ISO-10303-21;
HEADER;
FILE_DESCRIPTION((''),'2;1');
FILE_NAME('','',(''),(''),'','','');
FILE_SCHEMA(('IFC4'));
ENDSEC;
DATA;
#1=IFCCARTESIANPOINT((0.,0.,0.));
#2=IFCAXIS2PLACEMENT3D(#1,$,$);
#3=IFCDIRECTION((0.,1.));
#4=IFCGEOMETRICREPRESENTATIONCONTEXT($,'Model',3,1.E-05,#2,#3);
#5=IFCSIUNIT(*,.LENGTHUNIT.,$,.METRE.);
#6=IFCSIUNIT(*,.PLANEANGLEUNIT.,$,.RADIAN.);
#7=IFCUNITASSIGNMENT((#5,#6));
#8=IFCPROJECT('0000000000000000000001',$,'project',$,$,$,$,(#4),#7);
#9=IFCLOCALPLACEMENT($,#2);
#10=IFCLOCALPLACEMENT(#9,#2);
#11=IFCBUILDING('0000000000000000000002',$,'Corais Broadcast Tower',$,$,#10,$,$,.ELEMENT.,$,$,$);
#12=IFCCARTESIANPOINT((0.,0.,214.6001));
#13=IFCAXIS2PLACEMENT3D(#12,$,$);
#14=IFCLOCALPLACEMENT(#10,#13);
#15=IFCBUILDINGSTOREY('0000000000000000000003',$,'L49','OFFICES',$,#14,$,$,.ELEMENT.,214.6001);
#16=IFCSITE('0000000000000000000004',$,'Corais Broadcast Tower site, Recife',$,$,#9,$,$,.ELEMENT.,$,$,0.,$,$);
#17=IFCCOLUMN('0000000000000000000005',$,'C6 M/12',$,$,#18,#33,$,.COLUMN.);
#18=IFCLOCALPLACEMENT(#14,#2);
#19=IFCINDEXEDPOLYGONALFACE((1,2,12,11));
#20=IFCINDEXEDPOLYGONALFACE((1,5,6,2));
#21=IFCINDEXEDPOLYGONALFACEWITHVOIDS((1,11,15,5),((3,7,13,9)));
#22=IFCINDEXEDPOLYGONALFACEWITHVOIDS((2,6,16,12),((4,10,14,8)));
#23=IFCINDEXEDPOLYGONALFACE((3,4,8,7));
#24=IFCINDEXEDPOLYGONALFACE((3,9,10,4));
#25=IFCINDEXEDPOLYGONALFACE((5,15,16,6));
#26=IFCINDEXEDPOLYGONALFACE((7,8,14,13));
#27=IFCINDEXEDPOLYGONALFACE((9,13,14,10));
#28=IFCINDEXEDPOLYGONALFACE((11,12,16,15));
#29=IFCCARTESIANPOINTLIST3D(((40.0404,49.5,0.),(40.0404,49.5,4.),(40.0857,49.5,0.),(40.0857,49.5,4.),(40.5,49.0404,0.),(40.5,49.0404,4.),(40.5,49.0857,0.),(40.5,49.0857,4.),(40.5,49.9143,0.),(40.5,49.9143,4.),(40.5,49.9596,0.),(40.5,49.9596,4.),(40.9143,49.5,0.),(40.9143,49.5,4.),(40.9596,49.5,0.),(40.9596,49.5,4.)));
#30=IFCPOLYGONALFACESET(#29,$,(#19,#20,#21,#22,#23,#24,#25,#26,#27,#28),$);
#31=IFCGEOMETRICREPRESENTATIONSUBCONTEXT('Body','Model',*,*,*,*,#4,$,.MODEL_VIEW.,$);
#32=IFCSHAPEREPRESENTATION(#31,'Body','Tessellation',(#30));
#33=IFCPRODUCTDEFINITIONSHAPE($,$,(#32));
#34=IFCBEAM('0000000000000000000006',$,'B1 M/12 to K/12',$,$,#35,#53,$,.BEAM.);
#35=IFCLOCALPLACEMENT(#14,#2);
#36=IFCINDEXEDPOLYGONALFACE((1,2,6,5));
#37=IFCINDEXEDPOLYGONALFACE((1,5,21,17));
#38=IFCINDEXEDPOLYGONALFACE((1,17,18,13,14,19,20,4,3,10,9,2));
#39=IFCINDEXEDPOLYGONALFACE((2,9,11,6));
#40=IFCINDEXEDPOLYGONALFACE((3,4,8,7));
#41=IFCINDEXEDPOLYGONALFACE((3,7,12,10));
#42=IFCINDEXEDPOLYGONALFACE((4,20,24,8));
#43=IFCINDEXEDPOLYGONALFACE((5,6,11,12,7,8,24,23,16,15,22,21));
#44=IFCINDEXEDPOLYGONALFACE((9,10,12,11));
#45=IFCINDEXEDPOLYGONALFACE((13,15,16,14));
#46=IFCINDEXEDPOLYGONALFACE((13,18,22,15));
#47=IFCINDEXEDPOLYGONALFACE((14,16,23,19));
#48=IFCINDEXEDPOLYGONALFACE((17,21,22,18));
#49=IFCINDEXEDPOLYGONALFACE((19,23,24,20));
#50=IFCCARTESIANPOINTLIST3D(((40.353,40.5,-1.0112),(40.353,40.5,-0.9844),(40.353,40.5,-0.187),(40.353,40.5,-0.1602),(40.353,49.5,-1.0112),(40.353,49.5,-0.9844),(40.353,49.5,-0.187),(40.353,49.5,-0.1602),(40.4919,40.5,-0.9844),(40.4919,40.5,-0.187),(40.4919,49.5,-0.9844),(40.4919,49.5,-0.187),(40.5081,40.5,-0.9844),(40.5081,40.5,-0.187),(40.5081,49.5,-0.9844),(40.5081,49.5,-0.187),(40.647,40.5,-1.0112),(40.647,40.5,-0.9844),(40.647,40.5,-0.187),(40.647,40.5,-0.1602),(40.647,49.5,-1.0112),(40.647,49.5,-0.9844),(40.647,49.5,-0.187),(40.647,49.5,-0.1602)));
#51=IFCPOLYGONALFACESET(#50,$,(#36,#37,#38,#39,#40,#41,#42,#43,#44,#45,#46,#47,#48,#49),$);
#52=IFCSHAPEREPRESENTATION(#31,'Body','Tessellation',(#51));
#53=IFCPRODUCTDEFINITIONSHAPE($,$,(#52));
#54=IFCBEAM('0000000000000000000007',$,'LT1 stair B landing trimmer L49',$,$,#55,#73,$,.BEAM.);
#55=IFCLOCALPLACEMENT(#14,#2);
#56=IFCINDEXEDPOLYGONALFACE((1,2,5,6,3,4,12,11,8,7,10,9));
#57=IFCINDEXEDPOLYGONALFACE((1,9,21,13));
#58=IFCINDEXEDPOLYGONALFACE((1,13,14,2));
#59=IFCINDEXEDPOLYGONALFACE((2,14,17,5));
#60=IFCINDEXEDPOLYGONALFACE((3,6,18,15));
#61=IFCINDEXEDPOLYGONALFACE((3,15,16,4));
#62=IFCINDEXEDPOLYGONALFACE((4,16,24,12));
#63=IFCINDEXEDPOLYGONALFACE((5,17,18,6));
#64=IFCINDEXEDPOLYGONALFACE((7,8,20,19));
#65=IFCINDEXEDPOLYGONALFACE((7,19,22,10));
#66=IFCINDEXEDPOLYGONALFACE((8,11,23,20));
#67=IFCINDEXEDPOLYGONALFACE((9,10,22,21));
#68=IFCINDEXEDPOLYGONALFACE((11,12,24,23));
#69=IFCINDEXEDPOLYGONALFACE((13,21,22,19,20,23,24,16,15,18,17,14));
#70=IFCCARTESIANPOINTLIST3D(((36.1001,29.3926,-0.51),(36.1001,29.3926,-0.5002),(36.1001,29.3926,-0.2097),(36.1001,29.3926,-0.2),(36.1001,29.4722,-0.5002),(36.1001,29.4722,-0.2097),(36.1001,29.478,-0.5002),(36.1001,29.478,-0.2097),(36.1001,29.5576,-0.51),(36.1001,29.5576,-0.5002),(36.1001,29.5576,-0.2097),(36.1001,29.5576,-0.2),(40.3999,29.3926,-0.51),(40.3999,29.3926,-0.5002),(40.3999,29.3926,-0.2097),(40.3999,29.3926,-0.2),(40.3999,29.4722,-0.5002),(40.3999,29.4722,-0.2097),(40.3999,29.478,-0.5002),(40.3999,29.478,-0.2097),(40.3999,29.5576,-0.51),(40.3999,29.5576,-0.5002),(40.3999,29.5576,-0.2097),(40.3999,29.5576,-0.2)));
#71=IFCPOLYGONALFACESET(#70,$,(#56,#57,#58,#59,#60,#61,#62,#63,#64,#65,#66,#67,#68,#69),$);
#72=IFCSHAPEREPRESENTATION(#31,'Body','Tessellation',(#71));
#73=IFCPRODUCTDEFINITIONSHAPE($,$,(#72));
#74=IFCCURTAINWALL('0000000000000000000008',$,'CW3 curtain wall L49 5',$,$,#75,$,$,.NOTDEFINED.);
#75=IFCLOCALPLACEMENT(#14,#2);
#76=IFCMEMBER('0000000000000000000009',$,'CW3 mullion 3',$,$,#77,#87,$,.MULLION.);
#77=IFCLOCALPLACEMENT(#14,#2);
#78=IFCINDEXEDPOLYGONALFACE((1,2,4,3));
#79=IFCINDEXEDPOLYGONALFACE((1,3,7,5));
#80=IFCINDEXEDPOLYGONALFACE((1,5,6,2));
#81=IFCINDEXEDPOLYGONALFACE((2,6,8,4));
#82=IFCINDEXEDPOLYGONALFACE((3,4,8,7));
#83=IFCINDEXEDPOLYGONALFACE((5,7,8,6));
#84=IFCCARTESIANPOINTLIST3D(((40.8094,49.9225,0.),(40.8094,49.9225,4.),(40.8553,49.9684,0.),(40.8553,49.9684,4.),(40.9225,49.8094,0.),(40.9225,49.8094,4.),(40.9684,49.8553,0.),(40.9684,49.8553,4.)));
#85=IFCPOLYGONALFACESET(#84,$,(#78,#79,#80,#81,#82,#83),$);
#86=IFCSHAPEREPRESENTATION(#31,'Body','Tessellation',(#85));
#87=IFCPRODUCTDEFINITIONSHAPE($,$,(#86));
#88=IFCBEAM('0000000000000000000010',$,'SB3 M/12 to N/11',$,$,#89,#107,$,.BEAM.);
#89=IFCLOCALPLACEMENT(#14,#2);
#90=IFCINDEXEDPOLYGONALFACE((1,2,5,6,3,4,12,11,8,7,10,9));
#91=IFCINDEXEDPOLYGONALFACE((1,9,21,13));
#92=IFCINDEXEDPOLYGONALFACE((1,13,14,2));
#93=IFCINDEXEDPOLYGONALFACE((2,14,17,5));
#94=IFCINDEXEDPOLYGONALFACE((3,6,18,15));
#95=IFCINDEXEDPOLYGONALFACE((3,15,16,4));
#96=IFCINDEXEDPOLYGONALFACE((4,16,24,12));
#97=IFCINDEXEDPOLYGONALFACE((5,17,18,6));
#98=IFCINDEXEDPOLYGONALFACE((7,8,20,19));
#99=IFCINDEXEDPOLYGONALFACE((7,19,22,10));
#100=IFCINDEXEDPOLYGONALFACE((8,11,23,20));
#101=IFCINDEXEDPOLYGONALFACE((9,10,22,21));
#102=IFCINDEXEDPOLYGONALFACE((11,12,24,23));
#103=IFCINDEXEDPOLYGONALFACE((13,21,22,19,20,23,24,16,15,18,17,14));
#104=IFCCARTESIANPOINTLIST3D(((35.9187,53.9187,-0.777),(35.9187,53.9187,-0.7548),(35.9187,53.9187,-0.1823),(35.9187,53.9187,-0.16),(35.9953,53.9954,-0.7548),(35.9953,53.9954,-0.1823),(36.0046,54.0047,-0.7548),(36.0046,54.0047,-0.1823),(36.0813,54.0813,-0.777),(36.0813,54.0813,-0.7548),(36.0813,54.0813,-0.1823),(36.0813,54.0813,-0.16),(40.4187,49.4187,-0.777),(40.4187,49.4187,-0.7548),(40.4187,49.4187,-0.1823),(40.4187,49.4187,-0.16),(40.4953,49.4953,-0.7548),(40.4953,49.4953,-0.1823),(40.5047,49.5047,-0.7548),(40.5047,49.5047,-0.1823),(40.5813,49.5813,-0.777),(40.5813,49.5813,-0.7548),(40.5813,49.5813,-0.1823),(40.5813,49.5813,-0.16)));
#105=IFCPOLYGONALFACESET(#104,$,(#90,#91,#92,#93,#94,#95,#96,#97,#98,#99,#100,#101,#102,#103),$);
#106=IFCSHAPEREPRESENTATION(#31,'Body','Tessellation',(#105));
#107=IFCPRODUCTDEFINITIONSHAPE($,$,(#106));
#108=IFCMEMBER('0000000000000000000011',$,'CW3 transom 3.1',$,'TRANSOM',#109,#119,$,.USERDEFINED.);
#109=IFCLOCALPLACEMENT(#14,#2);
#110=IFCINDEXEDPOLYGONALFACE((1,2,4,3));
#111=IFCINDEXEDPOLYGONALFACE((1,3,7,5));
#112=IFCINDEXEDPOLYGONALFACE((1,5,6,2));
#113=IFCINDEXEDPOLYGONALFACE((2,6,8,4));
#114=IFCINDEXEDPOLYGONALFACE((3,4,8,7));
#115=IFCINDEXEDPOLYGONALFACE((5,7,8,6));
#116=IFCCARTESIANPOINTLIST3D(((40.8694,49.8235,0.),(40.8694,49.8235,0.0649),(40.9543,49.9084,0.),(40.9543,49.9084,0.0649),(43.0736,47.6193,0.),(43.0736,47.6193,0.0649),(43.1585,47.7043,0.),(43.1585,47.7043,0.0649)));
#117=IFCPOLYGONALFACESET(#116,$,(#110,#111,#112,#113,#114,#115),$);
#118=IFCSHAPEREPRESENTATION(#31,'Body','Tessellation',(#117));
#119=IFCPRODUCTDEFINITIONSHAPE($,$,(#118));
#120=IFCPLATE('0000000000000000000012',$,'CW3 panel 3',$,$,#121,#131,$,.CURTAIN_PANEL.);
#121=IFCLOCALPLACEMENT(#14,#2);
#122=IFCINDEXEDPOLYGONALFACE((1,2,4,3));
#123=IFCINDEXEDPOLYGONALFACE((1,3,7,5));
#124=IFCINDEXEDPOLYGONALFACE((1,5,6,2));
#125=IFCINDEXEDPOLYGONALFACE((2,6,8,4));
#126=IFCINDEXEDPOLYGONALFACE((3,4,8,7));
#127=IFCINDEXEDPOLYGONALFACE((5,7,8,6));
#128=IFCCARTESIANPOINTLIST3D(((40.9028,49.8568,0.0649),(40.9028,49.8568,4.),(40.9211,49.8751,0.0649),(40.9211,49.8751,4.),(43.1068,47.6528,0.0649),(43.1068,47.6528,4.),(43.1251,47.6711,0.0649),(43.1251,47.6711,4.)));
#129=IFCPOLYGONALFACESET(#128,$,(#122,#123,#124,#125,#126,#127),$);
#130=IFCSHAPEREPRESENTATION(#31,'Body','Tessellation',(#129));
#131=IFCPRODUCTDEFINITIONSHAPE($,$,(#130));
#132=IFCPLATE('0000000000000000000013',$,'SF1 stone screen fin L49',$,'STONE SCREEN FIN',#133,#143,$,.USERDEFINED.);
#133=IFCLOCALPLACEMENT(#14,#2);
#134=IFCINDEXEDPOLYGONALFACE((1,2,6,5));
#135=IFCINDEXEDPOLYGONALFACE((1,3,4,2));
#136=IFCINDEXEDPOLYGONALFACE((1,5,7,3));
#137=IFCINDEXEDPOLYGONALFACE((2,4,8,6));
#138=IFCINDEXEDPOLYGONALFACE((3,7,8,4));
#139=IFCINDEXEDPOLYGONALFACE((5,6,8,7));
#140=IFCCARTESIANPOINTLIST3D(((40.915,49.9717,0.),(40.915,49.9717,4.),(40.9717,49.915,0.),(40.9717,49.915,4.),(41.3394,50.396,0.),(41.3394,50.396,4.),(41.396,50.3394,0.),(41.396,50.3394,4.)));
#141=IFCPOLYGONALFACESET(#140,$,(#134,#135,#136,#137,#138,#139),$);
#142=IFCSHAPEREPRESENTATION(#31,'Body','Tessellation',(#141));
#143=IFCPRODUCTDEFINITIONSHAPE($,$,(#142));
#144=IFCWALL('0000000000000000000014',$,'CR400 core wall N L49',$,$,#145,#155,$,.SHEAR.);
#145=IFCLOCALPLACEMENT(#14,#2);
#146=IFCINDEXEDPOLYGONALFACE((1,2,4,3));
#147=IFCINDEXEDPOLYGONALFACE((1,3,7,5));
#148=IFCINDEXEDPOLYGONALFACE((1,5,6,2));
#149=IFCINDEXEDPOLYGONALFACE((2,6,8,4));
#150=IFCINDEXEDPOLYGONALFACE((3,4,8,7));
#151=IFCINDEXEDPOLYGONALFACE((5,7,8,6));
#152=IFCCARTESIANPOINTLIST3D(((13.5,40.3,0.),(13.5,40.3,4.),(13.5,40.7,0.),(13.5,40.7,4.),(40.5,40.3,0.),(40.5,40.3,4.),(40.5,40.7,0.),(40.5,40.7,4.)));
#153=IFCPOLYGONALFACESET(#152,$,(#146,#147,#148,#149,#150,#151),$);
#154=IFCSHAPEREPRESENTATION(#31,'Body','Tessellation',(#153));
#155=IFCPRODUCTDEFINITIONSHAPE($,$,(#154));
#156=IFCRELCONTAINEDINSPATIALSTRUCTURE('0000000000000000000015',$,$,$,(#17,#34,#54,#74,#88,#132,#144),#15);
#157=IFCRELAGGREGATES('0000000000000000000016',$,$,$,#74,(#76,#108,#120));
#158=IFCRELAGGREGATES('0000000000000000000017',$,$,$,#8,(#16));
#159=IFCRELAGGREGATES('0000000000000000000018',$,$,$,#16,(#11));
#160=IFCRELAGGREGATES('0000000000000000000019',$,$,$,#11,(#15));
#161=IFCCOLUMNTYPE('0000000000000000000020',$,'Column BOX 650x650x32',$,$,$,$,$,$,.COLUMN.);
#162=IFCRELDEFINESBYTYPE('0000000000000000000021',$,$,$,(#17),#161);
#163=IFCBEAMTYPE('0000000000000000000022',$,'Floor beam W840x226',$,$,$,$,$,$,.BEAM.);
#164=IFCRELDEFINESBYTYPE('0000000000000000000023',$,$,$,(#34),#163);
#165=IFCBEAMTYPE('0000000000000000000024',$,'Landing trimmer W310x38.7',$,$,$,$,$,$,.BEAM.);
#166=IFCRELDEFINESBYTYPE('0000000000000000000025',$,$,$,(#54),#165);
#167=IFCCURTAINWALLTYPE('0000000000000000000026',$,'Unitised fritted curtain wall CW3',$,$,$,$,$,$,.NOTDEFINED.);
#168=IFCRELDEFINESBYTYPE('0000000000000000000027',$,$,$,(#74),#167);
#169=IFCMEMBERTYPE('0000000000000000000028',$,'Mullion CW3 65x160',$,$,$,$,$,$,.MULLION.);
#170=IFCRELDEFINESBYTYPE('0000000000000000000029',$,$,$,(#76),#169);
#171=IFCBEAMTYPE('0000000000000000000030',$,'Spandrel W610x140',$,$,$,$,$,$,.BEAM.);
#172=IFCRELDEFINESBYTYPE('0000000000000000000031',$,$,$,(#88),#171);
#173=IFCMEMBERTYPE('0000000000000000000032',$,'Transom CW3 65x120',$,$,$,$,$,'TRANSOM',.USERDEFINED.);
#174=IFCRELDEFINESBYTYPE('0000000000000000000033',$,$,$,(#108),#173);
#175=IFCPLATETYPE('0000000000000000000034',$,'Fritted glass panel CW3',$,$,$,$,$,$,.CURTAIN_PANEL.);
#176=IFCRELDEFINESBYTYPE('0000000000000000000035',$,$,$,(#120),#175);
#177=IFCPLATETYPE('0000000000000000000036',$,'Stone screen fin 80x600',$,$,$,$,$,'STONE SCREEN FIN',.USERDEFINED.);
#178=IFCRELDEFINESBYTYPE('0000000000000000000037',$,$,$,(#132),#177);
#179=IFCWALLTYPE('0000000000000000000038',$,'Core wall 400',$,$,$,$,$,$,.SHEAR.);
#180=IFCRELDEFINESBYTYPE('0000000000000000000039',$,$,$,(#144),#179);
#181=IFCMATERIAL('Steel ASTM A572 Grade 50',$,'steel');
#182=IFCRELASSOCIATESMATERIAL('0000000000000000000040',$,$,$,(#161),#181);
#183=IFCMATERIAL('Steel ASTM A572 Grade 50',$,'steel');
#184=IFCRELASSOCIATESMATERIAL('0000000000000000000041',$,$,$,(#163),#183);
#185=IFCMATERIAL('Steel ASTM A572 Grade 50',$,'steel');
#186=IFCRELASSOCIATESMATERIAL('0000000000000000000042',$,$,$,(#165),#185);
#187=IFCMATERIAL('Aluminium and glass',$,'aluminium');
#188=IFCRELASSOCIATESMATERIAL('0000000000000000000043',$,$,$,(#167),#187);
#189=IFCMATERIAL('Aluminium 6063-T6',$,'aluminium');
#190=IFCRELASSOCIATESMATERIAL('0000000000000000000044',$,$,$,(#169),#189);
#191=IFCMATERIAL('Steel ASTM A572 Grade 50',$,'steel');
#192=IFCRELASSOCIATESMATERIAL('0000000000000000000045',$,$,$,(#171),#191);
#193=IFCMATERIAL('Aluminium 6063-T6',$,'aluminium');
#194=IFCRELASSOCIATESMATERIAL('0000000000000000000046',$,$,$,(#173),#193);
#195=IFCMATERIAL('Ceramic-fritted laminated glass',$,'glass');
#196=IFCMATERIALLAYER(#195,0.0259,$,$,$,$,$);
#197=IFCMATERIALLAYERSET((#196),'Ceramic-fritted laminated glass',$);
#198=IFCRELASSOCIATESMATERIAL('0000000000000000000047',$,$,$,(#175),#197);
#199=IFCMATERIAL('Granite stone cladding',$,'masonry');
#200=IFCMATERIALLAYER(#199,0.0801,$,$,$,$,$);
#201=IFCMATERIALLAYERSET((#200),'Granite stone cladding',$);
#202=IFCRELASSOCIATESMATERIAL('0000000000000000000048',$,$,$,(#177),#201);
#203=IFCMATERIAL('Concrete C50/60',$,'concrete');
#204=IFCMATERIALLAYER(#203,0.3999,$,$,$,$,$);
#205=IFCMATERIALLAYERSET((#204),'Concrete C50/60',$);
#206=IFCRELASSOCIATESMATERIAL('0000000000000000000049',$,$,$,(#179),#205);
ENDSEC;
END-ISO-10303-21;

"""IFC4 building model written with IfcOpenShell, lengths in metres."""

from ifc_helpers import new_model, si_unit, direction, frame, frame_2d, origin, origin_2d, place, context, subcontext, project, spatial, rectangle, hollow_rectangle, i_section, extrude, material, layer, layer_set, material_profile, profile_set, type_object, element, aggregate, save


model = new_model("IFC4")

# Units and contexts
model_context = context("Model", 3, precision=1e-05, world=origin(), true_north=direction((0.0, 1.0)))
body_context = subcontext(model_context, "Body", "Model", "MODEL_VIEW")
ifc_project = project(units=[si_unit("LENGTHUNIT", "METRE"), si_unit("PLANEANGLEUNIT", "RADIAN")], contexts=[model_context])

# Site, building, storey
site_placement = place(None, origin())
site = spatial("IfcSite", under=ifc_project, at=site_placement, Name="Corais Broadcast Tower site, Recife", CompositionType="ELEMENT", RefElevation=0.0)
building_placement = place(site_placement, origin())
building = spatial("IfcBuilding", under=site, at=building_placement, Name="Corais Broadcast Tower", CompositionType="ELEMENT")
storey_placement = place(building_placement, frame((0.0, 0.0, 214.6001)))
storey = spatial("IfcBuildingStorey", under=building, at=storey_placement, Name="L49", Description="OFFICES", CompositionType="ELEMENT", Elevation=214.6001)

# Column
ifc_material_1 = material(Name="Steel ASTM A572 Grade 50", Category="steel")
ifc_material_profile_1 = material_profile(ifc_material_1, hollow_rectangle(XDim=0.6499, YDim=0.6499, WallThickness=0.032, at=origin_2d()), Name="BOX 650x650x32")
ifc_profile_set_1 = profile_set([ifc_material_profile_1], Name="Steel ASTM A572 Grade 50")
column_type = type_object("IfcColumnType", Name="Column BOX 650x650x32", PredefinedType="COLUMN", material=ifc_profile_set_1)
column_placement = place(storey_placement, frame((40.5, 49.5, 0.0), z_axis=(0.0, 0.0, 1.0), x_axis=(0.707107, 0.707107, 0.0)))
element("IfcColumn", 1, at=column_placement, inside=storey, type_object=column_type, Name="C6 M/12", PredefinedType="COLUMN", context=body_context, shape_type="SweptSolid", body=[
    extrude(hollow_rectangle(XDim=0.6499, YDim=0.6499, WallThickness=0.032, at=origin_2d()), origin(), (0.0, 0.0, 1.0), 4.0),
])

# Beams
ifc_material_2 = material(Name="Steel ASTM A572 Grade 50", Category="steel")
ifc_material_profile_2 = material_profile(ifc_material_2, i_section(OverallWidth=0.2939, OverallDepth=0.8511, WebThickness=0.0161, FlangeThickness=0.0269, at=origin_2d()), Name="W840x226")
ifc_profile_set_2 = profile_set([ifc_material_profile_2], Name="Steel ASTM A572 Grade 50")
beam_type_1 = type_object("IfcBeamType", Name="Floor beam W840x226", PredefinedType="BEAM", material=ifc_profile_set_2)
beam_1_placement = place(storey_placement, frame((40.5, 49.5, -0.5857), z_axis=(0.0, -1.0, 0.0), x_axis=(1.0, 0.0, 0.0)))
element("IfcBeam", 2, at=beam_1_placement, inside=storey, type_object=beam_type_1, Name="B1 M/12 to K/12", PredefinedType="BEAM", context=body_context, shape_type="SweptSolid", body=[
    extrude(i_section(OverallWidth=0.2939, OverallDepth=0.8511, WebThickness=0.0161, FlangeThickness=0.0269, at=origin_2d()), origin(), (0.0, 0.0, 1.0), 9.0),
])
ifc_material_3 = material(Name="Steel ASTM A572 Grade 50", Category="steel")
ifc_material_profile_3 = material_profile(ifc_material_3, i_section(OverallWidth=0.165, OverallDepth=0.3101, WebThickness=0.0059, FlangeThickness=0.0098, at=origin_2d()), Name="W310x38.7")
ifc_profile_set_3 = profile_set([ifc_material_profile_3], Name="Steel ASTM A572 Grade 50")
beam_type_2 = type_object("IfcBeamType", Name="Landing trimmer W310x38.7", PredefinedType="BEAM", material=ifc_profile_set_3)
beam_2_placement = place(storey_placement, frame((36.1001, 29.4751, -0.355), z_axis=(1.0, 0.0, 0.0), x_axis=(0.0, 1.0, 0.0)))
element("IfcBeam", 3, at=beam_2_placement, inside=storey, type_object=beam_type_2, Name="LT1 stair B landing trimmer L49", PredefinedType="BEAM", context=body_context, shape_type="SweptSolid", body=[
    extrude(i_section(OverallWidth=0.165, OverallDepth=0.3101, WebThickness=0.0059, FlangeThickness=0.0098, at=origin_2d()), origin(), (0.0, 0.0, 1.0), 4.2998),
])

# Curtain wall, member
ifc_material_4 = material(Name="Aluminium and glass", Category="aluminium")
curtain_wall_type = type_object("IfcCurtainWallType", Name="Unitised fritted curtain wall CW3", PredefinedType="NOTDEFINED", material=ifc_material_4)
curtain_wall_placement = place(storey_placement, origin())
curtain_wall = element("IfcCurtainWall", 4, at=curtain_wall_placement, inside=storey, type_object=curtain_wall_type, Name="CW3 curtain wall L49 5", PredefinedType="NOTDEFINED")
ifc_material_5 = material(Name="Aluminium 6063-T6", Category="aluminium")
ifc_material_profile_4 = material_profile(ifc_material_5, rectangle(XDim=0.0649, YDim=0.1599, at=origin_2d()), Name="Mullion CW3 65x160")
ifc_profile_set_4 = profile_set([ifc_material_profile_4], Name="Aluminium 6063-T6")
member_type_1 = type_object("IfcMemberType", Name="Mullion CW3 65x160", PredefinedType="MULLION", material=ifc_profile_set_4)
member_1_placement = place(storey_placement, frame((40.8889, 49.8889, 0.0), z_axis=(0.0, 0.0, 1.0), x_axis=(0.707107, 0.707107, 0.0)))
member_1 = element("IfcMember", 5, at=member_1_placement, type_object=member_type_1, Name="CW3 mullion 3", PredefinedType="MULLION", context=body_context, shape_type="SweptSolid", body=[
    extrude(rectangle(XDim=0.0649, YDim=0.1599, at=origin_2d()), origin(), (0.0, 0.0, 1.0), 4.0),
])

# Beam
ifc_material_6 = material(Name="Steel ASTM A572 Grade 50", Category="steel")
ifc_material_profile_5 = material_profile(ifc_material_6, i_section(OverallWidth=0.23, OverallDepth=0.6169, WebThickness=0.0132, FlangeThickness=0.0222, at=origin_2d()), Name="W610x140")
ifc_profile_set_5 = profile_set([ifc_material_profile_5], Name="Steel ASTM A572 Grade 50")
beam_type_3 = type_object("IfcBeamType", Name="Spandrel W610x140", PredefinedType="BEAM", material=ifc_profile_set_5)
beam_3_placement = place(storey_placement, frame((40.5, 49.5, -0.4685), z_axis=(-0.707107, 0.707107, 0.0), x_axis=(-0.707107, -0.707107, 0.0)))
element("IfcBeam", 6, at=beam_3_placement, inside=storey, type_object=beam_type_3, Name="SB3 M/12 to N/11", PredefinedType="BEAM", context=body_context, shape_type="SweptSolid", body=[
    extrude(i_section(OverallWidth=0.23, OverallDepth=0.6169, WebThickness=0.0132, FlangeThickness=0.0222, at=origin_2d()), origin(), (0.0, 0.0, 1.0), 6.364),
])

# Member
ifc_material_7 = material(Name="Aluminium 6063-T6", Category="aluminium")
ifc_material_profile_6 = material_profile(ifc_material_7, rectangle(XDim=0.1201, YDim=0.0649, at=origin_2d()), Name="Transom CW3 65x120")
ifc_profile_set_6 = profile_set([ifc_material_profile_6], Name="Aluminium 6063-T6")
member_type_2 = type_object("IfcMemberType", Name="Transom CW3 65x120", ElementType="TRANSOM", PredefinedType="USERDEFINED", material=ifc_profile_set_6)
member_2_placement = place(storey_placement, frame((40.9119, 49.866, 0.0325), z_axis=(0.707107, -0.707107, 0.0), x_axis=(0.707107, 0.707107, 0.0)))
member_2 = element("IfcMember", 7, at=member_2_placement, type_object=member_type_2, Name="CW3 transom 3.1", ObjectType="TRANSOM", PredefinedType="USERDEFINED", context=body_context, shape_type="SweptSolid", body=[
    extrude(rectangle(XDim=0.1201, YDim=0.0649, at=origin_2d()), origin(), (0.0, 0.0, 1.0), 3.1172),
])

# Plates
ifc_material_8 = material(Name="Ceramic-fritted laminated glass", Category="glass")
ifc_layer_1 = layer(ifc_material_8, 0.0259)
ifc_layer_set_1 = layer_set([ifc_layer_1], Name="Ceramic-fritted laminated glass")
plate_type_1 = type_object("IfcPlateType", Name="Fritted glass panel CW3", PredefinedType="CURTAIN_PANEL", material=ifc_layer_set_1)
plate_1_placement = place(storey_placement, frame((42.0139, 48.7639, 0.0649), z_axis=(0.0, 0.0, 1.0), x_axis=(0.707107, -0.707107, 0.0)))
plate_1 = element("IfcPlate", 8, at=plate_1_placement, type_object=plate_type_1, Name="CW3 panel 3", PredefinedType="CURTAIN_PANEL", context=body_context, shape_type="SweptSolid", body=[
    extrude(rectangle(XDim=3.1169, YDim=0.0259, at=origin_2d()), origin(), (0.0, 0.0, 1.0), 3.9351),
])
aggregate(curtain_wall, [member_1, member_2, plate_1])
ifc_material_9 = material(Name="Granite stone cladding", Category="masonry")
ifc_layer_2 = layer(ifc_material_9, 0.0801)
ifc_layer_set_2 = layer_set([ifc_layer_2], Name="Granite stone cladding")
plate_type_2 = type_object("IfcPlateType", Name="Stone screen fin 80x600", ElementType="STONE SCREEN FIN", PredefinedType="USERDEFINED", material=ifc_layer_set_2)
plate_2_placement = place(storey_placement, frame((41.1555, 50.1555, 0.0), z_axis=(0.0, 0.0, 1.0), x_axis=(0.707107, -0.707107, 0.0)))
element("IfcPlate", 9, at=plate_2_placement, inside=storey, type_object=plate_type_2, Name="SF1 stone screen fin L49", ObjectType="STONE SCREEN FIN", PredefinedType="USERDEFINED", context=body_context, shape_type="SweptSolid", body=[
    extrude(rectangle(XDim=0.0801, YDim=0.6001, at=origin_2d()), origin(), (0.0, 0.0, 1.0), 4.0),
])

# Wall
ifc_material_10 = material(Name="Concrete C50/60", Category="concrete")
ifc_layer_3 = layer(ifc_material_10, 0.3999)
ifc_layer_set_3 = layer_set([ifc_layer_3], Name="Concrete C50/60")
wall_type_1 = type_object("IfcWallType", Name="Core wall 400", PredefinedType="SHEAR", material=ifc_layer_set_3)
wall_1_placement = place(storey_placement, frame((40.5, 40.5, 0.0), z_axis=(0.0, 0.0, 1.0), x_axis=(-1.0, 0.0, 0.0)))
element("IfcWall", 10, at=wall_1_placement, inside=storey, type_object=wall_type_1, Name="CR400 core wall N L49", PredefinedType="SHEAR", context=body_context, shape_type="SweptSolid", body=[
    extrude(rectangle(XDim=27.0, YDim=0.3999, at=frame_2d((13.5, 0.0))), origin(), (0.0, 0.0, 1.0), 4.0),
])

save(model, "model.ifc")
